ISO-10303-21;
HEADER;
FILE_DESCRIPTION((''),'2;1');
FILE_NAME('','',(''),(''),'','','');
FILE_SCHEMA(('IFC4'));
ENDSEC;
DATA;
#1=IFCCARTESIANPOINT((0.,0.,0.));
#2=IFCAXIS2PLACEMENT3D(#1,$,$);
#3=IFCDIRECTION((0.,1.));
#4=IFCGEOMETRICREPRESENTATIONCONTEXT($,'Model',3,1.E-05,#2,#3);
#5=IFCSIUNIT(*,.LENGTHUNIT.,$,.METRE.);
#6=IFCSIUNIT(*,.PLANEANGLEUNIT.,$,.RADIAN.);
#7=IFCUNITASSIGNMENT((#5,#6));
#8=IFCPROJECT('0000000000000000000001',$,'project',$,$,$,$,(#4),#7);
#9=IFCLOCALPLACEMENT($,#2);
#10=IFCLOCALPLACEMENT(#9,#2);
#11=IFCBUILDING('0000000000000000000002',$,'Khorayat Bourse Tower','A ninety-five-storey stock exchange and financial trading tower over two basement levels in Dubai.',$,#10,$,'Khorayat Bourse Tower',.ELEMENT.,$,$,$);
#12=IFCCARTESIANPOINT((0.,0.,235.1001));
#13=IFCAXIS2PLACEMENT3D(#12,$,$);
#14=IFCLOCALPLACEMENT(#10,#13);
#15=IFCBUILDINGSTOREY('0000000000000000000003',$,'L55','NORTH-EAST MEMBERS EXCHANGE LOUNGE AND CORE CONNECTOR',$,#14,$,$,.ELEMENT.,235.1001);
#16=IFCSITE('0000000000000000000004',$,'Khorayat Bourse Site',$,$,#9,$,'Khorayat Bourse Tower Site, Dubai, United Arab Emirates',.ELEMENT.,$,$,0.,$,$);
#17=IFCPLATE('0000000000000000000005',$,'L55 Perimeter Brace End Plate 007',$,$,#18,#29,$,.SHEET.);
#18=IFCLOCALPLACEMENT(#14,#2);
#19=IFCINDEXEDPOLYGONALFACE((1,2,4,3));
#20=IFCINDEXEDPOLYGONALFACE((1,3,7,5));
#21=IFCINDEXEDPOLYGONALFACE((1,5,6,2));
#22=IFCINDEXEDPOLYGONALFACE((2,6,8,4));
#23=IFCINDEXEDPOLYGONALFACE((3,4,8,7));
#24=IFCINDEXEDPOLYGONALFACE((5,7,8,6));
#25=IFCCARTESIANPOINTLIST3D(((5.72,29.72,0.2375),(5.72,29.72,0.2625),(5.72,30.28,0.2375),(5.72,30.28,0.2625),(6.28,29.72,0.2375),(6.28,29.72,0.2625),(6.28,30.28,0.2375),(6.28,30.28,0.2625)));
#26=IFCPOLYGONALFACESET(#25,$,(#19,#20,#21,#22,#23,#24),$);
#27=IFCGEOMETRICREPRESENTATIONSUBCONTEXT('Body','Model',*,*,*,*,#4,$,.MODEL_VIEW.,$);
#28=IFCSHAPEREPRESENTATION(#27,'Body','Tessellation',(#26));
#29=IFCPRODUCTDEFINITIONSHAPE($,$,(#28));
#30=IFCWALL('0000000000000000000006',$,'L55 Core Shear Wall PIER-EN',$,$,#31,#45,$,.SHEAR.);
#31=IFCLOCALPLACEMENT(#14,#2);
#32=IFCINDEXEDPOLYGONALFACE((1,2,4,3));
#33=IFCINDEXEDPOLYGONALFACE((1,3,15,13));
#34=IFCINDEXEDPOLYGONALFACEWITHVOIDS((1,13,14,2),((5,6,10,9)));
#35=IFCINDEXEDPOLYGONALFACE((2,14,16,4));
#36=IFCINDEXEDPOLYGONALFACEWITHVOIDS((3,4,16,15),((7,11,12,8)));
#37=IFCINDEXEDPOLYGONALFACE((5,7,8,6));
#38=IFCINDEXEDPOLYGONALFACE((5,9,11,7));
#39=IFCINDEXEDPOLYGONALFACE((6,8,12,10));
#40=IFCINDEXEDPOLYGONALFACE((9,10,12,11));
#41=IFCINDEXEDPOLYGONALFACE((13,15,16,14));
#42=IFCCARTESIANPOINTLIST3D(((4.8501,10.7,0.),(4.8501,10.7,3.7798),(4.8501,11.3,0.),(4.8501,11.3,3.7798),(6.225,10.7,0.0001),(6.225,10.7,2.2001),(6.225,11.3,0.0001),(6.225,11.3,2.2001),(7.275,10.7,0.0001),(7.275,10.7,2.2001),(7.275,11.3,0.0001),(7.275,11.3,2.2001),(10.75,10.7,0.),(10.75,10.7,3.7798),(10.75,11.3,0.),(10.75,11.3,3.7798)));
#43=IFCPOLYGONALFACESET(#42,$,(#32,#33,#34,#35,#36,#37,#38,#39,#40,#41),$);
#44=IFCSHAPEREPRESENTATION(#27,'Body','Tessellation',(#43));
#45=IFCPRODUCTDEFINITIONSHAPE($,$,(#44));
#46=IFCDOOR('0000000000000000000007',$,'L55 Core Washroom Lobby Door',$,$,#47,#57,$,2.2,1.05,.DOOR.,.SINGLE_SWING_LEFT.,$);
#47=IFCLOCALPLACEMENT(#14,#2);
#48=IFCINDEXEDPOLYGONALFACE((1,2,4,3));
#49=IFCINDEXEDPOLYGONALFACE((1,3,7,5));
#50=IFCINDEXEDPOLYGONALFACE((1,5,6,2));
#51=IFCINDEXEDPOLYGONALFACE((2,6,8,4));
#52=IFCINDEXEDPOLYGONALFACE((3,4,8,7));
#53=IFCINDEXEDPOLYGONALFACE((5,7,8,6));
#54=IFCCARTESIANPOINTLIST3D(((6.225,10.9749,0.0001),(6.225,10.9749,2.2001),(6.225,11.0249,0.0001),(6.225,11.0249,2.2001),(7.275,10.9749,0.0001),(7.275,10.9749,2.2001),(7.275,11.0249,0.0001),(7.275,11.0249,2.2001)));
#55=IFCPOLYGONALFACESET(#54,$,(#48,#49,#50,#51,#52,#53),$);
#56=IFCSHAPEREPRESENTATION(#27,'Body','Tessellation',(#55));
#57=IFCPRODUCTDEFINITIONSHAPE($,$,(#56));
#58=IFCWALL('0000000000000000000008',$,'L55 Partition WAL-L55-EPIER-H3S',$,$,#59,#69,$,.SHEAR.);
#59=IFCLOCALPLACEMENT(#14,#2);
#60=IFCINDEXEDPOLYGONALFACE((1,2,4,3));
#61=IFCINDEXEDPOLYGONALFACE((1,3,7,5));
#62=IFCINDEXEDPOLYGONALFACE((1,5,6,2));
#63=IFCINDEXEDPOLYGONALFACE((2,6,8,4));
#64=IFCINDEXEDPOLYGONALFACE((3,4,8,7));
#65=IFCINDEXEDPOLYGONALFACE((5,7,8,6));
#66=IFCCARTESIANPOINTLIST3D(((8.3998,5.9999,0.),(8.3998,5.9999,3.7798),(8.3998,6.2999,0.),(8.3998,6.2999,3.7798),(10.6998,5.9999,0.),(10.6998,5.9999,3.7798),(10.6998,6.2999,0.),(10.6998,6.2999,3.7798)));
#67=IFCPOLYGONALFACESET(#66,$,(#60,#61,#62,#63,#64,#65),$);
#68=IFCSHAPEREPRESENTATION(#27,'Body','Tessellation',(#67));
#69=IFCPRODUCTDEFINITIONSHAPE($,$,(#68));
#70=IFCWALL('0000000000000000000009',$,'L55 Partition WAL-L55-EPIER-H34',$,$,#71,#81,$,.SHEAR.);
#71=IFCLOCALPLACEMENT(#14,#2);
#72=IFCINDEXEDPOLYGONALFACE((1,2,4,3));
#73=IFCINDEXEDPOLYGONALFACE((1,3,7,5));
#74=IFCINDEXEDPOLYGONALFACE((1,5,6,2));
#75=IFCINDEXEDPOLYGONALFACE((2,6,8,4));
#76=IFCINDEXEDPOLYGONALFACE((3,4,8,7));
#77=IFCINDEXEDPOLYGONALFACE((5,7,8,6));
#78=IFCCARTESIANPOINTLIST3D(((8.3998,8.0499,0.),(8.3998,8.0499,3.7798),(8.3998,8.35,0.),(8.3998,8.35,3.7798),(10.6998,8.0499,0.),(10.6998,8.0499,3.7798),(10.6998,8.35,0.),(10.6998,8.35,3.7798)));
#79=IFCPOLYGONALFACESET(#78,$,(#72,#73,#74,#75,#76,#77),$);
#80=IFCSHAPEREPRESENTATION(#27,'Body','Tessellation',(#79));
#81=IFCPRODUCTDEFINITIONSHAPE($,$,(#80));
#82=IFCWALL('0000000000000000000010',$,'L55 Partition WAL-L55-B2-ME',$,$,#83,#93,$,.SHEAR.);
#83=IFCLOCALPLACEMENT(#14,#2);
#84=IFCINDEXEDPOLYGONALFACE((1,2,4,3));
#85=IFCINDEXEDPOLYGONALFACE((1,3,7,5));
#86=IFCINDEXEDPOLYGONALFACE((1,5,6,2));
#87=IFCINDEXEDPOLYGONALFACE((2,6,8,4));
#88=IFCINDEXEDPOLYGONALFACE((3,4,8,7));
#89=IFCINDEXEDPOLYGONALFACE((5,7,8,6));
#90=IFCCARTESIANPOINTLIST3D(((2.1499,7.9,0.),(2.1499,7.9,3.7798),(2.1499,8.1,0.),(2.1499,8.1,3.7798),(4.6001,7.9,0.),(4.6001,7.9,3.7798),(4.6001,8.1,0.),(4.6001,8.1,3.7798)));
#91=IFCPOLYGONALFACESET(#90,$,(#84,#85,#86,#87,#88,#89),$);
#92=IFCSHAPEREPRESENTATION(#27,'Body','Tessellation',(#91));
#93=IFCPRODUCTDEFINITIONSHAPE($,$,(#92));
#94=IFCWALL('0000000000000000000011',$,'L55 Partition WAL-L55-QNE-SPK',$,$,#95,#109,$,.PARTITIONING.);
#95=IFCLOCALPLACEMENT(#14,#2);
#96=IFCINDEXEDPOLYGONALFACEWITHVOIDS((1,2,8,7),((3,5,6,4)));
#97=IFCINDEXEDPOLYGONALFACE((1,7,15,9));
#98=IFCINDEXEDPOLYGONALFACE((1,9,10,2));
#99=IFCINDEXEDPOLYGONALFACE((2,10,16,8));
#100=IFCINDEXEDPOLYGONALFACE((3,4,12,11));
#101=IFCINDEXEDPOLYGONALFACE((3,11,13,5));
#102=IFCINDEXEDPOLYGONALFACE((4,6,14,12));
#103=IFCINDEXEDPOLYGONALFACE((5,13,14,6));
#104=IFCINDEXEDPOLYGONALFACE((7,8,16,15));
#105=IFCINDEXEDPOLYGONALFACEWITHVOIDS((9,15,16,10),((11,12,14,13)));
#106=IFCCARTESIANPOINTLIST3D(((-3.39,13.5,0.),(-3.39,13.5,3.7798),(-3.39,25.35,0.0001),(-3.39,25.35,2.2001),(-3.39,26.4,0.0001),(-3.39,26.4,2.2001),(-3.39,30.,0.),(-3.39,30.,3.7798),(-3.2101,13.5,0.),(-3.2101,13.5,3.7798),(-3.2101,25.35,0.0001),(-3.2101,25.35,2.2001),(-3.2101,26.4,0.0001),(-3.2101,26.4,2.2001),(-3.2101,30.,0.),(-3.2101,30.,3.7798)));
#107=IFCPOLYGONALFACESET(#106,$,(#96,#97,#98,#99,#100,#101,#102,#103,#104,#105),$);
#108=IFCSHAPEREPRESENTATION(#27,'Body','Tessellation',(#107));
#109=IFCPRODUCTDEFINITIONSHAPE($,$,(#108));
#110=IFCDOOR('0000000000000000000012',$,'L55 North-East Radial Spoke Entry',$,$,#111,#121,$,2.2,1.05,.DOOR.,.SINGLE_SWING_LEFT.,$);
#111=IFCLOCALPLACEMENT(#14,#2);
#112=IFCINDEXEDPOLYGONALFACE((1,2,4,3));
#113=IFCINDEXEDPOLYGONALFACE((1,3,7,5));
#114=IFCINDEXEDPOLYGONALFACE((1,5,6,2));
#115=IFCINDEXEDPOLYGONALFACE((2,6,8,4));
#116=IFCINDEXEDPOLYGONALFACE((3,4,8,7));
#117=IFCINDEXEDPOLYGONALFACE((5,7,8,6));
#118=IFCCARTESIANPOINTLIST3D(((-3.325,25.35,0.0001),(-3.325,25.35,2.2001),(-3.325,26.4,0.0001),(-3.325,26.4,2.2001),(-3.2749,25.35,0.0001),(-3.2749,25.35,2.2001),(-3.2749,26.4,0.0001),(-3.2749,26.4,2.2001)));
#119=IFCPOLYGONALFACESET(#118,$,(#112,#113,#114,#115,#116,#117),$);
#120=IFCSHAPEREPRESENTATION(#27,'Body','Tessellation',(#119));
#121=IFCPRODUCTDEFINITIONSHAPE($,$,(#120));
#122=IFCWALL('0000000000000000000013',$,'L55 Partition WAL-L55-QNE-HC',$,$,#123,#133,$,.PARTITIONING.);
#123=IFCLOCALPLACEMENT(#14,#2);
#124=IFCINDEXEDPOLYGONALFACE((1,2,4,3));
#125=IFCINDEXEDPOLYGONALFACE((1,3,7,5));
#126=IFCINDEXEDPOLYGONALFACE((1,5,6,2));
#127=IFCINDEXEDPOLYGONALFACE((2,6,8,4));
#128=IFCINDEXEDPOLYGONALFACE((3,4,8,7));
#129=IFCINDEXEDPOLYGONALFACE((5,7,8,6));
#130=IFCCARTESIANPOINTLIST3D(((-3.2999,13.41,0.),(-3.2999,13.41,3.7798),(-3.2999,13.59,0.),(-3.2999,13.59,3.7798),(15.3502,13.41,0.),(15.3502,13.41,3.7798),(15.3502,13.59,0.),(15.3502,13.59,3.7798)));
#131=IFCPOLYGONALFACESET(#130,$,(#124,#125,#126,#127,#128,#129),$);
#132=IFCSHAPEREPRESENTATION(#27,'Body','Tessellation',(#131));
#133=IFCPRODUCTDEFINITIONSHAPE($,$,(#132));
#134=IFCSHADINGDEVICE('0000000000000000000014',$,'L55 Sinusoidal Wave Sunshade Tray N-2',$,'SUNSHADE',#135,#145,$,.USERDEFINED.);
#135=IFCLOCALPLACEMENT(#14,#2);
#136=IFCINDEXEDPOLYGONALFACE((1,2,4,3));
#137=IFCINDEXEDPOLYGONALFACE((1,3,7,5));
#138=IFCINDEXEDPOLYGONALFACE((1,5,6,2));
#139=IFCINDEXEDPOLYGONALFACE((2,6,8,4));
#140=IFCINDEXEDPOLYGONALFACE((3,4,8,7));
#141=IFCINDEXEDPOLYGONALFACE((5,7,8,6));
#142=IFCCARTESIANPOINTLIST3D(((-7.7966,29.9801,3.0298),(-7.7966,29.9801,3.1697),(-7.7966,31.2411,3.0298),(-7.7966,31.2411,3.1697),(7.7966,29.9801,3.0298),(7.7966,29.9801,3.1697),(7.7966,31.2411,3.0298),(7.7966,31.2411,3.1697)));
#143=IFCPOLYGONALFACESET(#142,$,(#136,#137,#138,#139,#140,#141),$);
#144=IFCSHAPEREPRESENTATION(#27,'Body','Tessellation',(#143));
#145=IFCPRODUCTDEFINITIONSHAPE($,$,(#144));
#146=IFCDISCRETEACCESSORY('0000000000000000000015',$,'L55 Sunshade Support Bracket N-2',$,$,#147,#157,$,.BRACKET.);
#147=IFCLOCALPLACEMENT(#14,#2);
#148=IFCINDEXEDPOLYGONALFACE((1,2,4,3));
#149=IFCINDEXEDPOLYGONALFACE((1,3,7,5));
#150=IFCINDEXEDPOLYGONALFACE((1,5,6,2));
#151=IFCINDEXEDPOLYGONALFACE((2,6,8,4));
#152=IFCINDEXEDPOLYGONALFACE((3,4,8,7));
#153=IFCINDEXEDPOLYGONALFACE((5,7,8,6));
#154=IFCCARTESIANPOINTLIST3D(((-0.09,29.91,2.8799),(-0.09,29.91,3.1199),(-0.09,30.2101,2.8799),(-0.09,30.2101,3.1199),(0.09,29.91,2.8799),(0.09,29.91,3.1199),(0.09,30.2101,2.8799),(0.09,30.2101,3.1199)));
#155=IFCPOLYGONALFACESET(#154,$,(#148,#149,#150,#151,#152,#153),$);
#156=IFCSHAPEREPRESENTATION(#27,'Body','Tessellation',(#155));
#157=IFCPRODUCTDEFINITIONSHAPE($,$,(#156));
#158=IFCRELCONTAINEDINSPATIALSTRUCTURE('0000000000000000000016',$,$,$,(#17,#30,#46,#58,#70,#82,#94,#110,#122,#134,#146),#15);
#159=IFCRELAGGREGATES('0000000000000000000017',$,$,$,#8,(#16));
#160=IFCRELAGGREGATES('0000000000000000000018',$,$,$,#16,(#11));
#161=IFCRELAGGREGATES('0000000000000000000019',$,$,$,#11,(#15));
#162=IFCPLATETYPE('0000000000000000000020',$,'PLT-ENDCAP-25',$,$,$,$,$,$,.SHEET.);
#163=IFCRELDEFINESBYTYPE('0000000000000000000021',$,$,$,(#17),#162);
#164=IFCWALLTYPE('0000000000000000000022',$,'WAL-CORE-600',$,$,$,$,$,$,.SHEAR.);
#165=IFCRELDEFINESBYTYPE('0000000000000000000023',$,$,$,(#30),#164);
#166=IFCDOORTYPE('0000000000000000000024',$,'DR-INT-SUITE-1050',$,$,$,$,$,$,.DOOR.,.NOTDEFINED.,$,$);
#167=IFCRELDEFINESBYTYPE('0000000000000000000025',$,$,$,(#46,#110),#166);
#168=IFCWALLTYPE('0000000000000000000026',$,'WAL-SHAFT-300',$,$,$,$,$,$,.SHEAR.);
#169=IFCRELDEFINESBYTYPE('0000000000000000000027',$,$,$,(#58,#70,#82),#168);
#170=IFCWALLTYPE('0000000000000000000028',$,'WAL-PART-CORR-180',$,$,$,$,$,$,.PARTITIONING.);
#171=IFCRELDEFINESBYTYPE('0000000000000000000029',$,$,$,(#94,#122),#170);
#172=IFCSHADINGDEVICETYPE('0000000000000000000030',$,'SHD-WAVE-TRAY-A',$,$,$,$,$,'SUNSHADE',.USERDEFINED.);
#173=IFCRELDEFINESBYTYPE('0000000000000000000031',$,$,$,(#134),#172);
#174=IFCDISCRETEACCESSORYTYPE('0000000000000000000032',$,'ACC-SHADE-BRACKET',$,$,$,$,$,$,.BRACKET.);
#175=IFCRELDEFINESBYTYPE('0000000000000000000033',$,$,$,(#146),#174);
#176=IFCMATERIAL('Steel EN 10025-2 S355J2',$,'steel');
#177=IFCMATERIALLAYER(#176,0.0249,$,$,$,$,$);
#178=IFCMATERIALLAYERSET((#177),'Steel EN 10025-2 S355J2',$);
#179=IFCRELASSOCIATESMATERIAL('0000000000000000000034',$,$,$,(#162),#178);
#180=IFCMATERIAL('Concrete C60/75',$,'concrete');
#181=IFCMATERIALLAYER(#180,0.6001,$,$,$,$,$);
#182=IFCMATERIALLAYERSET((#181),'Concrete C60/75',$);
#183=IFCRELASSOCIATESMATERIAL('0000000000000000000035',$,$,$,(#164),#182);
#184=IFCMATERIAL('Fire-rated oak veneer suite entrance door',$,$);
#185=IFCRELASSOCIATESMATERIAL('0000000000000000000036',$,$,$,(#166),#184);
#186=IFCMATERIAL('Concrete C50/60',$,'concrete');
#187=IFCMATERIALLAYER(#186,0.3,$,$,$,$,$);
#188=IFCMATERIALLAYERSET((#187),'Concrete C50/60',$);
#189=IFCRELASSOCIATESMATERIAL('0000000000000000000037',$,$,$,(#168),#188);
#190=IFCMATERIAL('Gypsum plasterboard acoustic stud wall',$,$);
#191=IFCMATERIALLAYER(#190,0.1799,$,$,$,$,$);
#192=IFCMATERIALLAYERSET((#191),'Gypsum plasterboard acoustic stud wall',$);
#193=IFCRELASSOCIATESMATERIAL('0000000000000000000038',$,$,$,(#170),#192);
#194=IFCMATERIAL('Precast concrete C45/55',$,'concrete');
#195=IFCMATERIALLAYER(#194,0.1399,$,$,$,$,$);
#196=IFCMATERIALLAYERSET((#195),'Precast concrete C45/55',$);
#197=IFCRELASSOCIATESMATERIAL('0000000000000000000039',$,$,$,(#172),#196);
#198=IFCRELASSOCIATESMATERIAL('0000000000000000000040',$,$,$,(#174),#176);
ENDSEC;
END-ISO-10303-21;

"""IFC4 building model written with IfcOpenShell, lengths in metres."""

from ifc_helpers import new_model, si_unit, direction, frame, frame_2d, origin, origin_2d, place, context, subcontext, project, spatial, rectangle, extrude, source, transform, mapped, material, layer, layer_set, type_object, element, fill, save


model = new_model("IFC4")

# Units and contexts
model_context = context("Model", 3, precision=1e-05, world=origin(), true_north=direction((0.0, 1.0)))
body_context = subcontext(model_context, "Body", "Model", "MODEL_VIEW")
ifc_project = project(units=[si_unit("LENGTHUNIT", "METRE"), si_unit("PLANEANGLEUNIT", "RADIAN")], contexts=[model_context])

# Site, building, storey
site_placement = place(None, origin())
site = spatial("IfcSite", under=ifc_project, at=site_placement, Name="Khorayat Bourse Site", LongName="Khorayat Bourse Tower Site, Dubai, United Arab Emirates", CompositionType="ELEMENT", RefElevation=0.0)
building_placement = place(site_placement, origin())
building = spatial("IfcBuilding", under=site, at=building_placement, Name="Khorayat Bourse Tower", Description="A ninety-five-storey stock exchange and financial trading tower over two basement levels in Dubai.", LongName="Khorayat Bourse Tower", CompositionType="ELEMENT")
storey_placement = place(building_placement, frame((0.0, 0.0, 235.1001)))
storey = spatial("IfcBuildingStorey", under=building, at=storey_placement, Name="L55", Description="NORTH-EAST MEMBERS EXCHANGE LOUNGE AND CORE CONNECTOR", CompositionType="ELEMENT", Elevation=235.1001)

# Shared definitions
ifc_material_1 = material(Name="Concrete C60/75", Category="concrete")

# Plate
ifc_material_2 = material(Name="Steel EN 10025-2 S355J2", Category="steel")
ifc_layer_1 = layer(ifc_material_2, 0.0249)
ifc_layer_set_1 = layer_set([ifc_layer_1], Name="Steel EN 10025-2 S355J2")
plate_type = type_object("IfcPlateType", Name="PLT-ENDCAP-25", PredefinedType="SHEET", material=ifc_layer_set_1)
shared_shape_1 = source(origin(), body_context, "Body", "SweptSolid", [
    extrude(rectangle(XDim=0.5601, YDim=0.5601, at=origin_2d()), origin(), (0.0, 0.0, 1.0), 0.0249),
])
plate_placement = place(storey_placement, frame((6.0, 30.0, 0.2375), z_axis=(0.0, 0.0, 1.0), x_axis=(1.0, 0.0, 0.0)))
element("IfcPlate", 1, at=plate_placement, inside=storey, type_object=plate_type, Name="L55 Perimeter Brace End Plate 007", PredefinedType="SHEET", context=body_context, shape_type="MappedRepresentation", body=[
    mapped(shared_shape_1, transform((0.0, 0.0, 0.0), scale=1.0)),
])

# Wall, opening, door
ifc_layer_2 = layer(ifc_material_1, 0.6001)
ifc_layer_set_2 = layer_set([ifc_layer_2], Name="Concrete C60/75")
wall_type_1 = type_object("IfcWallType", Name="WAL-CORE-600", PredefinedType="SHEAR", material=ifc_layer_set_2)
shared_shape_2 = source(origin(), body_context, "Body", "SweptSolid", [
    extrude(rectangle(XDim=5.8999, YDim=0.6001, at=frame_2d((2.95, 0.0))), origin(), (0.0, 0.0, 1.0), 3.7798),
])
wall_1_placement = place(storey_placement, frame((4.8501, 11.0, 0.0), z_axis=(0.0, 0.0, 1.0), x_axis=(1.0, 0.0, 0.0)))
wall_1 = element("IfcWall", 2, at=wall_1_placement, inside=storey, type_object=wall_type_1, Name="L55 Core Shear Wall PIER-EN", PredefinedType="SHEAR", context=body_context, shape_type="MappedRepresentation", body=[
    mapped(shared_shape_2, transform((0.0, 0.0, 0.0), scale=1.0)),
])
shared_shape_3 = source(origin(), body_context, "Body", "SweptSolid", [
    extrude(rectangle(XDim=1.05, YDim=2.2, at=frame_2d((0.5249, 1.1001))), frame((0.0, 0.3101, 0.0), z_axis=(0.0, -1.0, 0.0), x_axis=(1.0, 0.0, 0.0)), (0.0, 0.0, 1.0), 0.6201),
])
opening_1_placement = place(wall_1_placement, frame((1.375, 0.0, 0.0)))
opening_1 = element("IfcOpeningElement", 3, at=opening_1_placement, cuts=wall_1, PredefinedType="OPENING", context=body_context, shape_type="MappedRepresentation", body=[
    mapped(shared_shape_3, transform((0.0, 0.0, 0.0), scale=1.0)),
])
ifc_material_3 = material(Name="Fire-rated oak veneer suite entrance door")
door_type_1 = type_object("IfcDoorType", Name="DR-INT-SUITE-1050", OperationType="NOTDEFINED", PredefinedType="DOOR", material=ifc_material_3)
shared_shape_4 = source(origin(), body_context, "Body", "SweptSolid", [
    extrude(rectangle(XDim=1.05, YDim=2.2, at=frame_2d((0.5249, 1.1001))), frame((0.0, 0.0249, 0.0), z_axis=(0.0, -1.0, 0.0), x_axis=(1.0, 0.0, 0.0)), (0.0, 0.0, 1.0), 0.05),
])
door_1_placement = place(opening_1_placement, origin())
door_1 = element("IfcDoor", 4, at=door_1_placement, inside=storey, type_object=door_type_1, Name="L55 Core Washroom Lobby Door", OperationType="SINGLE_SWING_LEFT", OverallHeight=2.2, OverallWidth=1.05, PredefinedType="DOOR", context=body_context, shape_type="MappedRepresentation", body=[
    mapped(shared_shape_4, transform((0.0, 0.0, 0.0), scale=1.0)),
])
fill(opening_1, door_1)

# Walls
ifc_material_4 = material(Name="Concrete C50/60", Category="concrete")
ifc_layer_3 = layer(ifc_material_4, 0.3)
ifc_layer_set_3 = layer_set([ifc_layer_3], Name="Concrete C50/60")
wall_type_2 = type_object("IfcWallType", Name="WAL-SHAFT-300", PredefinedType="SHEAR", material=ifc_layer_set_3)
shared_shape_5 = source(origin(), body_context, "Body", "SweptSolid", [
    extrude(rectangle(XDim=2.3, YDim=0.3, at=frame_2d((1.1499, 0.0))), origin(), (0.0, 0.0, 1.0), 3.7798),
])
for number, where, z_axis, x_axis, name in (
    (5, (8.3999, 6.1499, 0.0), (0.0, 0.0, 1.0), (1.0, 0.0, 0.0), "L55 Partition WAL-L55-EPIER-H3S"),
    (6, (8.3999, 8.2, 0.0), (0.0, 0.0, 1.0), (1.0, 0.0, 0.0), "L55 Partition WAL-L55-EPIER-H34"),
):
    element("IfcWall", number, at=place(storey_placement, frame(where, z_axis=z_axis, x_axis=x_axis)), inside=storey, type_object=wall_type_2, Name=name, PredefinedType="SHEAR", context=body_context, shape_type="MappedRepresentation", body=[
        mapped(shared_shape_5, transform((0.0, 0.0, 0.0), scale=1.0)),
    ])

# Wall
shared_shape_6 = source(origin(), body_context, "Body", "SweptSolid", [
    extrude(rectangle(XDim=2.4502, YDim=0.2, at=frame_2d((1.2251, 0.0))), origin(), (0.0, 0.0, 1.0), 3.7798),
])
wall_2_placement = place(storey_placement, frame((2.1499, 8.0, 0.0), z_axis=(0.0, 0.0, 1.0), x_axis=(1.0, 0.0, 0.0)))
element("IfcWall", 7, at=wall_2_placement, inside=storey, type_object=wall_type_2, Name="L55 Partition WAL-L55-B2-ME", PredefinedType="SHEAR", context=body_context, shape_type="MappedRepresentation", body=[
    mapped(shared_shape_6, transform((0.0, 0.0, 0.0), scale=1.0)),
])

# Wall, opening, door
ifc_material_5 = material(Name="Gypsum plasterboard acoustic stud wall")
ifc_layer_4 = layer(ifc_material_5, 0.1799)
ifc_layer_set_4 = layer_set([ifc_layer_4], Name="Gypsum plasterboard acoustic stud wall")
wall_type_3 = type_object("IfcWallType", Name="WAL-PART-CORR-180", PredefinedType="PARTITIONING", material=ifc_layer_set_4)
shared_shape_7 = source(origin(), body_context, "Body", "SweptSolid", [
    extrude(rectangle(XDim=16.5, YDim=0.1799, at=frame_2d((8.25, 0.0))), origin(), (0.0, 0.0, 1.0), 3.7798),
])
wall_3_placement = place(storey_placement, frame((-3.3, 13.5, 0.0), z_axis=(0.0, 0.0, 1.0), x_axis=(0.0, 1.0, 0.0)))
wall_3 = element("IfcWall", 8, at=wall_3_placement, inside=storey, type_object=wall_type_3, Name="L55 Partition WAL-L55-QNE-SPK", PredefinedType="PARTITIONING", context=body_context, shape_type="MappedRepresentation", body=[
    mapped(shared_shape_7, transform((0.0, 0.0, 0.0), scale=1.0)),
])
shared_shape_8 = source(origin(), body_context, "Body", "SweptSolid", [
    extrude(rectangle(XDim=1.05, YDim=2.2, at=frame_2d((0.5249, 1.1001))), frame((0.0, 0.0999, 0.0), z_axis=(0.0, -1.0, 0.0), x_axis=(1.0, 0.0, 0.0)), (0.0, 0.0, 1.0), 0.2),
])
opening_2_placement = place(wall_3_placement, frame((11.8501, 0.0, 0.0)))
opening_2 = element("IfcOpeningElement", 9, at=opening_2_placement, cuts=wall_3, PredefinedType="OPENING", context=body_context, shape_type="MappedRepresentation", body=[
    mapped(shared_shape_8, transform((0.0, 0.0, 0.0), scale=1.0)),
])
door_2_placement = place(opening_2_placement, origin())
door_2 = element("IfcDoor", 10, at=door_2_placement, inside=storey, type_object=door_type_1, Name="L55 North-East Radial Spoke Entry", OperationType="SINGLE_SWING_LEFT", OverallHeight=2.2, OverallWidth=1.05, PredefinedType="DOOR", context=body_context, shape_type="MappedRepresentation", body=[
    mapped(shared_shape_4, transform((0.0, 0.0, 0.0), scale=1.0)),
])
fill(opening_2, door_2)

# Wall
shared_shape_9 = source(origin(), body_context, "Body", "SweptSolid", [
    extrude(rectangle(XDim=18.6501, YDim=0.1799, at=frame_2d((9.3252, 0.0))), origin(), (0.0, 0.0, 1.0), 3.7798),
])
wall_4_placement = place(storey_placement, frame((-3.3, 13.5, 0.0), z_axis=(0.0, 0.0, 1.0), x_axis=(1.0, 0.0, 0.0)))
element("IfcWall", 11, at=wall_4_placement, inside=storey, type_object=wall_type_3, Name="L55 Partition WAL-L55-QNE-HC", PredefinedType="PARTITIONING", context=body_context, shape_type="MappedRepresentation", body=[
    mapped(shared_shape_9, transform((0.0, 0.0, 0.0), scale=1.0)),
])

# Shading device
ifc_material_6 = material(Name="Precast concrete C45/55", Category="concrete")
ifc_layer_5 = layer(ifc_material_6, 0.1399)
ifc_layer_set_5 = layer_set([ifc_layer_5], Name="Precast concrete C45/55")
shading_device_type = type_object("IfcShadingDeviceType", Name="SHD-WAVE-TRAY-A", ElementType="SUNSHADE", PredefinedType="USERDEFINED", material=ifc_layer_set_5)
shared_shape_10 = source(origin(), body_context, "Body", "SweptSolid", [
    extrude(rectangle(XDim=15.5933, YDim=1.261, at=origin_2d()), origin(), (0.0, 0.0, 1.0), 0.1399),
])
shading_device_placement = place(storey_placement, frame((0.0, 30.6106, 3.0298), z_axis=(0.0, 0.0, 1.0), x_axis=(1.0, 0.0, 0.0)))
element("IfcShadingDevice", 12, at=shading_device_placement, inside=storey, type_object=shading_device_type, Name="L55 Sinusoidal Wave Sunshade Tray N-2", ObjectType="SUNSHADE", PredefinedType="USERDEFINED", context=body_context, shape_type="MappedRepresentation", body=[
    mapped(shared_shape_10, transform((0.0, 0.0, 0.0), scale=1.0)),
])

# Discrete accessory
discrete_accessory_type = type_object("IfcDiscreteAccessoryType", Name="ACC-SHADE-BRACKET", PredefinedType="BRACKET", material=ifc_material_2)
shared_shape_11 = source(origin(), body_context, "Body", "SweptSolid", [
    extrude(rectangle(XDim=0.1799, YDim=0.3, at=origin_2d()), origin(), (0.0, 0.0, 1.0), 0.24),
])
discrete_accessory_placement = place(storey_placement, frame((0.0, 30.0601, 2.8799), z_axis=(0.0, 0.0, 1.0), x_axis=(1.0, 0.0, 0.0)))
element("IfcDiscreteAccessory", 13, at=discrete_accessory_placement, inside=storey, type_object=discrete_accessory_type, Name="L55 Sunshade Support Bracket N-2", PredefinedType="BRACKET", context=body_context, shape_type="MappedRepresentation", body=[
    mapped(shared_shape_11, transform((0.0, 0.0, 0.0), scale=1.0)),
])

save(model, "model.ifc")
